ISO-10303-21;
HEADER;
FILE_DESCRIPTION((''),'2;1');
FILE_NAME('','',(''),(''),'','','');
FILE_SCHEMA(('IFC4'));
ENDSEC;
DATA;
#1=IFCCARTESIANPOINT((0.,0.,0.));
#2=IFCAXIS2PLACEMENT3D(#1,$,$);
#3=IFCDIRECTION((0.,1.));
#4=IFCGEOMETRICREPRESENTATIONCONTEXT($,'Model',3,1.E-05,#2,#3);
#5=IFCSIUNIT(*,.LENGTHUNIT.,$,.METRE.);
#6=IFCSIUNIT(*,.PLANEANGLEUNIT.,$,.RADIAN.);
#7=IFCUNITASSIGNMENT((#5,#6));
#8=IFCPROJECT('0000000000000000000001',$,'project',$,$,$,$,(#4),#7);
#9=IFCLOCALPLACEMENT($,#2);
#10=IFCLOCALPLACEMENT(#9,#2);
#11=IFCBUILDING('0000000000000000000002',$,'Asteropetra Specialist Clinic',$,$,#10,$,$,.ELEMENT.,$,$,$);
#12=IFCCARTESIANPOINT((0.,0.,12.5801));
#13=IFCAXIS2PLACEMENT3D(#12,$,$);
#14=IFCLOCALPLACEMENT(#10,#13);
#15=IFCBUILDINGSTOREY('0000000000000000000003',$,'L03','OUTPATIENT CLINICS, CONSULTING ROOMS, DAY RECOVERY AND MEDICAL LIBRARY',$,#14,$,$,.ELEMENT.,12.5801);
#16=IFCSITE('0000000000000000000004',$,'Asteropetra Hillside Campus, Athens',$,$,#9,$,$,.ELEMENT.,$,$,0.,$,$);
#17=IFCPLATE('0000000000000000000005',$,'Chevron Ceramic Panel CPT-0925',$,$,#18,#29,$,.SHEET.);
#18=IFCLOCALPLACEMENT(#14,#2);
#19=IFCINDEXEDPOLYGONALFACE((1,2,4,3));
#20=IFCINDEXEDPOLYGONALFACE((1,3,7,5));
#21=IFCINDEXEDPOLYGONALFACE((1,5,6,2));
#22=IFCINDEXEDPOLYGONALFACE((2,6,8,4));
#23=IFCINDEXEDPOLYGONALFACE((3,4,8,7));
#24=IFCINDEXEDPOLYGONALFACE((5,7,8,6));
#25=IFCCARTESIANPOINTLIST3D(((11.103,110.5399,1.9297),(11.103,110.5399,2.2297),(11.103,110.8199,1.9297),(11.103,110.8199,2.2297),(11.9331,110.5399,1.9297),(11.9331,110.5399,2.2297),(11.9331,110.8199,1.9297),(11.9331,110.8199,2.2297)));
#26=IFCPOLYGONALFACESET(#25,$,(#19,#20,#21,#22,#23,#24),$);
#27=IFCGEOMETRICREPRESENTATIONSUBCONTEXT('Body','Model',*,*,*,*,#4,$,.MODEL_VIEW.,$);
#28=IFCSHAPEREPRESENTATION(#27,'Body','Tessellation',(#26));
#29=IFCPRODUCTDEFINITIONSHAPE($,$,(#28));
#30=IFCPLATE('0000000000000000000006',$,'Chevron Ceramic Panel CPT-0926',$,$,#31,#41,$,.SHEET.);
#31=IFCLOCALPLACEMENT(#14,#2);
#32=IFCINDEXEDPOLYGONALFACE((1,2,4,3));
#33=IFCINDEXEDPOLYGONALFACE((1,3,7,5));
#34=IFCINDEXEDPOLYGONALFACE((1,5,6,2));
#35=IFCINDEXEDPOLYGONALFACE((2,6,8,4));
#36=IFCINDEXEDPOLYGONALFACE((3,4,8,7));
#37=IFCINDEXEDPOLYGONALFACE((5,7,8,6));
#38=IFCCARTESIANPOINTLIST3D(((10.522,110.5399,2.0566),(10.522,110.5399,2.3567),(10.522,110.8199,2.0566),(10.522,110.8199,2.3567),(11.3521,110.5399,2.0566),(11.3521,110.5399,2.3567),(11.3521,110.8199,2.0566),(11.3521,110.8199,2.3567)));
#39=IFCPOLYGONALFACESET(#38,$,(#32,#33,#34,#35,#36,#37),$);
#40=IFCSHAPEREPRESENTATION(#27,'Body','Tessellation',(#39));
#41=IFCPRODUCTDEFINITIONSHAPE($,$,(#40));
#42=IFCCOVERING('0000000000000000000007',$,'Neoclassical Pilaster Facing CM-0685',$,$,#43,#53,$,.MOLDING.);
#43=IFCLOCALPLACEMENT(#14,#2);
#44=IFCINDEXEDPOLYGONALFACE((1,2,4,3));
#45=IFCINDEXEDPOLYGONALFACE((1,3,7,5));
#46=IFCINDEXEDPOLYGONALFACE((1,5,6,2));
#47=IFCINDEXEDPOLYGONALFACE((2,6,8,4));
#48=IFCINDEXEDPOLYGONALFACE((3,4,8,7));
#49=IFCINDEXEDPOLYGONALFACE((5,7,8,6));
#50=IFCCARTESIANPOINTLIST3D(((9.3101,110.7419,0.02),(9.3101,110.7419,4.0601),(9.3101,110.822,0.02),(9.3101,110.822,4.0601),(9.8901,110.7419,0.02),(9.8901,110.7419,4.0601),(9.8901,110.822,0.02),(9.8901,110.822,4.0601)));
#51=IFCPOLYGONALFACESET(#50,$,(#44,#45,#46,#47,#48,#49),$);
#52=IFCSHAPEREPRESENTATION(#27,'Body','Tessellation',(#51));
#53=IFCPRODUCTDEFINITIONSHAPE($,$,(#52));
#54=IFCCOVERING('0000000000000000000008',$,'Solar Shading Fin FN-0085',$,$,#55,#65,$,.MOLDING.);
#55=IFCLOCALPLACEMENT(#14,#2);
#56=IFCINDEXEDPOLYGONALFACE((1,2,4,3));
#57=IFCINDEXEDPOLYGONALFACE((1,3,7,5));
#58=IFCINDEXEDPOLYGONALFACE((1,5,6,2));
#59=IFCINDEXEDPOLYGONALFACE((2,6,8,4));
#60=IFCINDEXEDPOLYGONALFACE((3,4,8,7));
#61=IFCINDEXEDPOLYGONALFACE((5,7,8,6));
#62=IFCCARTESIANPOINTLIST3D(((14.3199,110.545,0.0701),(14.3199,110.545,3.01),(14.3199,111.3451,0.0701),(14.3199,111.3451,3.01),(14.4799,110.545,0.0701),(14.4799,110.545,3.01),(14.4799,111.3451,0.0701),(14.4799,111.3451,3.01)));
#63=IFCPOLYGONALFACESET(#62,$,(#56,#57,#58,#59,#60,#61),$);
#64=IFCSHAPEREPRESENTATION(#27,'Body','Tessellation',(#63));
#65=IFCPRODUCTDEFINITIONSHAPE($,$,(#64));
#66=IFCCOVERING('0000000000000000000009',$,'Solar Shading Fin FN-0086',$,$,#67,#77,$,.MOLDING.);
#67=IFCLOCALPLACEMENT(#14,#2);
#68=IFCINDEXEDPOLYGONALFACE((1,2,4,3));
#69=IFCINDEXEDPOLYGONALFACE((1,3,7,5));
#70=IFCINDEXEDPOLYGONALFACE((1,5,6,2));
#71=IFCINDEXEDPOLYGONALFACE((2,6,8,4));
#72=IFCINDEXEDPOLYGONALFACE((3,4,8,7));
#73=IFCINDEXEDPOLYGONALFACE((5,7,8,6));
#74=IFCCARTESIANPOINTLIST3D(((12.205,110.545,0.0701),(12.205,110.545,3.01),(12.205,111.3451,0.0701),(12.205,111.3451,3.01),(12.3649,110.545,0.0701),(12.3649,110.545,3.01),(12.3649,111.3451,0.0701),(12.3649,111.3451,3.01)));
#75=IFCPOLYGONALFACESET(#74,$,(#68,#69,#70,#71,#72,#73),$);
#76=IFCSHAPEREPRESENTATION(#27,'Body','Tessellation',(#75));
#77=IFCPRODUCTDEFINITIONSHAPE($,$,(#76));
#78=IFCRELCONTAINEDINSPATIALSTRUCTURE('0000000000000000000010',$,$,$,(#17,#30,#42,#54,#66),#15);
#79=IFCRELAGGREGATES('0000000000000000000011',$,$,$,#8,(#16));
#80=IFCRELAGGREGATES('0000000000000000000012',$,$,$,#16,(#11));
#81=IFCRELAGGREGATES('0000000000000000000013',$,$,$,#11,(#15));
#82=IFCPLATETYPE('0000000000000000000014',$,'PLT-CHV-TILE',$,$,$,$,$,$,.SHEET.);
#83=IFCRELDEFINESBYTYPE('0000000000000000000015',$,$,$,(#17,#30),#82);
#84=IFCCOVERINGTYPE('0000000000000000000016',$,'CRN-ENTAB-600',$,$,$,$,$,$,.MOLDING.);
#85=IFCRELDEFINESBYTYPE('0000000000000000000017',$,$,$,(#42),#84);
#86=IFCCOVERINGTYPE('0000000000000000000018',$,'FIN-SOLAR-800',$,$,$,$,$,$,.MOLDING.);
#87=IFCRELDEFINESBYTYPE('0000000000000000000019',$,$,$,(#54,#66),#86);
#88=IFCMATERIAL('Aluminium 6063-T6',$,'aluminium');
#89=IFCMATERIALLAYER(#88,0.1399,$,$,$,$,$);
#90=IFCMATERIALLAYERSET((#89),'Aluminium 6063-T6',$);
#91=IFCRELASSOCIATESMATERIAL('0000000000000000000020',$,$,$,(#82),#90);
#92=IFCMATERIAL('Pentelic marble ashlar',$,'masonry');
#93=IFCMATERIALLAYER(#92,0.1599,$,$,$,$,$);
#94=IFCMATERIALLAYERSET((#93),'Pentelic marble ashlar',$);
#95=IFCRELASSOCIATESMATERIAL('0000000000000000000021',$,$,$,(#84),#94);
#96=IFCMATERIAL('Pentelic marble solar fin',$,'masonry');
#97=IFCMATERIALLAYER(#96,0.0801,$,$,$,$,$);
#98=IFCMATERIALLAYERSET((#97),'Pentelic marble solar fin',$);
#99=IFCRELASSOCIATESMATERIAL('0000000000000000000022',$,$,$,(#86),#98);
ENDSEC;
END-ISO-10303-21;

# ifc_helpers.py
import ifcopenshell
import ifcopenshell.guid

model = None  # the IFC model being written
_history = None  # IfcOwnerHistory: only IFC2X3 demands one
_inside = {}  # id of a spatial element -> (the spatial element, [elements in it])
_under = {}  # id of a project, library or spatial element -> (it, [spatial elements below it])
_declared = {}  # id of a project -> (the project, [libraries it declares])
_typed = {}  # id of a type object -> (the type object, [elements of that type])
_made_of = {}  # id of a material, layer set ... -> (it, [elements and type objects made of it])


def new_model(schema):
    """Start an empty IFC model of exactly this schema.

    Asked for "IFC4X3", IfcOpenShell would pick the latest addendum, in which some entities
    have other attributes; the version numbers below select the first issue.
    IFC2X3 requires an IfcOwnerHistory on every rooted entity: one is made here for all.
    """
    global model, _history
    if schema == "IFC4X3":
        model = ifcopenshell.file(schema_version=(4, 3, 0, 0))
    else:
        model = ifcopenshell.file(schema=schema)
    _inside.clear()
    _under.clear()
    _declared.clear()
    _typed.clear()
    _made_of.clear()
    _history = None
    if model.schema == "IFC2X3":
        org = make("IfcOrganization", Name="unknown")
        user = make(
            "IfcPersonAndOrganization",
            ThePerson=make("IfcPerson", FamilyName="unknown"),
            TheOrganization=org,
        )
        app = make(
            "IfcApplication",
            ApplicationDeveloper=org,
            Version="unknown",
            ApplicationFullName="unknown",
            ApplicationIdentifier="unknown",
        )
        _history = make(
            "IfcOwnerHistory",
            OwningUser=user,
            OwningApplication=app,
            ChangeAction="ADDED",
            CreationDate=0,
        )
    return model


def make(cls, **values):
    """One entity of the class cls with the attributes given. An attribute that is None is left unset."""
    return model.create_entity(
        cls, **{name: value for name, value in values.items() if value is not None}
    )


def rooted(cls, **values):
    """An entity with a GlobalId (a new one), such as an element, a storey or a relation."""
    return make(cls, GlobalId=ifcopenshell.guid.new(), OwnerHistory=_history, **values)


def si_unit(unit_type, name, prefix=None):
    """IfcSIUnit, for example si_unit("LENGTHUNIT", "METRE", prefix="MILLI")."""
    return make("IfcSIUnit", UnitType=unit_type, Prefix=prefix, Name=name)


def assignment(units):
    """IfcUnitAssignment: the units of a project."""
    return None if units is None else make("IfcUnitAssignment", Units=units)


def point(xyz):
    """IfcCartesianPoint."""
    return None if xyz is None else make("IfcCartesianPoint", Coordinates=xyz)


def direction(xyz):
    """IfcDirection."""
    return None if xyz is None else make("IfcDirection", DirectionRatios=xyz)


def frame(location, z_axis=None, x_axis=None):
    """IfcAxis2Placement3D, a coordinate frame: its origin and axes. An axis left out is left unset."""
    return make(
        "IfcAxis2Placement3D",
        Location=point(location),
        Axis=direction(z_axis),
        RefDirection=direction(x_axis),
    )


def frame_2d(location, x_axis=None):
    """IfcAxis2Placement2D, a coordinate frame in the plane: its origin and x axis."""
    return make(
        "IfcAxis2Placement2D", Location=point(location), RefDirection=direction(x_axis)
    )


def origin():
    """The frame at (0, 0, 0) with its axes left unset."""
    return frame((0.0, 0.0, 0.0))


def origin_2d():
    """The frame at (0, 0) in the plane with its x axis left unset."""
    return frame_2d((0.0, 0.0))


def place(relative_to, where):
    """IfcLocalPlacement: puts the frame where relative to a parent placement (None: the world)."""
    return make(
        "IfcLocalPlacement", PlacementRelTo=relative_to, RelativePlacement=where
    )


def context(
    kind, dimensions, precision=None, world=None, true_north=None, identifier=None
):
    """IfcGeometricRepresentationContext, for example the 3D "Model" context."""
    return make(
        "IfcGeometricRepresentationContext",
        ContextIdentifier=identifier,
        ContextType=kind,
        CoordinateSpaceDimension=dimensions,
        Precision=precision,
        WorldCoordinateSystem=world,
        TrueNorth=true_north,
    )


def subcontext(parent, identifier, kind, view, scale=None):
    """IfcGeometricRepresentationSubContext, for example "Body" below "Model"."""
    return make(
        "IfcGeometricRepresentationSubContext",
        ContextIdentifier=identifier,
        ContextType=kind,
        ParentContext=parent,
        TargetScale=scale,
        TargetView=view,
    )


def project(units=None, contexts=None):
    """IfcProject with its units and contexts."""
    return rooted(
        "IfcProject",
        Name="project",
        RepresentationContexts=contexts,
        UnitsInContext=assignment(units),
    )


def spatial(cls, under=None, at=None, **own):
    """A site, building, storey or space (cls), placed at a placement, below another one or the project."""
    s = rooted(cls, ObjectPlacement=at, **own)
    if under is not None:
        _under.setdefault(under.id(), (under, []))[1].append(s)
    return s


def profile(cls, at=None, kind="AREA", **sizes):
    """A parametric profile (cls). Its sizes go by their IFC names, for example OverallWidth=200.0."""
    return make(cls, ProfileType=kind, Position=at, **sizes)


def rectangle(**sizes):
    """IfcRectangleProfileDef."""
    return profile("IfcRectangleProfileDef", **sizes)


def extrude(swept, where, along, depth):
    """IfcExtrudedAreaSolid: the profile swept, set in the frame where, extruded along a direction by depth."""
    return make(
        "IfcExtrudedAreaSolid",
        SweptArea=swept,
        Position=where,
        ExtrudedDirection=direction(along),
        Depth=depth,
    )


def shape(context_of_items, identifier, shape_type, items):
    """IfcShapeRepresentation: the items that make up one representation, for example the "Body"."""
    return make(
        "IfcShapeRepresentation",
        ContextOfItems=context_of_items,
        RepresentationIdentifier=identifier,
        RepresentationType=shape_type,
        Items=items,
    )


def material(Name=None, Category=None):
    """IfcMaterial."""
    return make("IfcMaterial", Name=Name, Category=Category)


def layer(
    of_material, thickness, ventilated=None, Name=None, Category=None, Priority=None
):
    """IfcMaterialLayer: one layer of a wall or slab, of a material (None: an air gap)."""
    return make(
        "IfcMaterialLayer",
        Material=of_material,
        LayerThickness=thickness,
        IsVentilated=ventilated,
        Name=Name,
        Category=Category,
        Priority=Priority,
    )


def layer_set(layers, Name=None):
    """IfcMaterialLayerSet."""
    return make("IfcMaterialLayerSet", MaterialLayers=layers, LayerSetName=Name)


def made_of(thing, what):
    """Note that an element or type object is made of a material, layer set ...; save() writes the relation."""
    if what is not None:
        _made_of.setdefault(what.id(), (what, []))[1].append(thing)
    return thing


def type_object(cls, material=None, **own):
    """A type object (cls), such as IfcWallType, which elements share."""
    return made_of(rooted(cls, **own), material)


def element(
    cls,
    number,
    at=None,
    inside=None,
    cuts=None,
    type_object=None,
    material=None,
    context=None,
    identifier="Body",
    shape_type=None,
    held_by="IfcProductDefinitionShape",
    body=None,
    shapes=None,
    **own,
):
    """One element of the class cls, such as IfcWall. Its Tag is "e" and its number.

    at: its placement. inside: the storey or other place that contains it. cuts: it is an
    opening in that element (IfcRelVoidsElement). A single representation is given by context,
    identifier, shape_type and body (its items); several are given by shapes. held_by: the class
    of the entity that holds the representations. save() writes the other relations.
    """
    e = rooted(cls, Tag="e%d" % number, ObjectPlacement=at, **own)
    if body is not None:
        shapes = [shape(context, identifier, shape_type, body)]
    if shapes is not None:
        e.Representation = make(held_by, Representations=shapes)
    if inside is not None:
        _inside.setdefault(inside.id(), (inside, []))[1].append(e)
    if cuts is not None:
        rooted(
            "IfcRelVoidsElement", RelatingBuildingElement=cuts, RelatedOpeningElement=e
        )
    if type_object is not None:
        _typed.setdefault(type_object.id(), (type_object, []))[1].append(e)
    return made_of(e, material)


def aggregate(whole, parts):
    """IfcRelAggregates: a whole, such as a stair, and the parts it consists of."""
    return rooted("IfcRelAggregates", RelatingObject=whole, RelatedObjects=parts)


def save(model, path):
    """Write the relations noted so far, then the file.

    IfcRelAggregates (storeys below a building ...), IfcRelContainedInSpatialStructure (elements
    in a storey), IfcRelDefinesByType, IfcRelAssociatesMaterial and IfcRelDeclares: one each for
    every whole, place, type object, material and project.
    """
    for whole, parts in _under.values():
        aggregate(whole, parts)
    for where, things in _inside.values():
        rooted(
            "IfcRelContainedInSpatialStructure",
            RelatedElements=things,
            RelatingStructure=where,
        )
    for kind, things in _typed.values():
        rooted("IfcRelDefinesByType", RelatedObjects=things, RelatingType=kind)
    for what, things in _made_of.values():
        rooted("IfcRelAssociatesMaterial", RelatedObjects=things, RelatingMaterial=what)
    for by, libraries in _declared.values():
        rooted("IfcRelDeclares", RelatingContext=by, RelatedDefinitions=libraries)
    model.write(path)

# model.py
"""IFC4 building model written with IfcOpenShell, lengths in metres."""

from ifc_helpers import new_model, si_unit, direction, frame, origin, origin_2d, place, context, subcontext, project, spatial, rectangle, extrude, material, layer, layer_set, type_object, element, save


model = new_model("IFC4")

# Units and contexts
model_context = context("Model", 3, precision=1e-05, world=origin(), true_north=direction((0.0, 1.0)))
body_context = subcontext(model_context, "Body", "Model", "MODEL_VIEW")
ifc_project = project(units=[si_unit("LENGTHUNIT", "METRE"), si_unit("PLANEANGLEUNIT", "RADIAN")], contexts=[model_context])

# Site, building, storey
site_placement = place(None, origin())
site = spatial("IfcSite", under=ifc_project, at=site_placement, Name="Asteropetra Hillside Campus, Athens", CompositionType="ELEMENT", RefElevation=0.0)
building_placement = place(site_placement, origin())
building = spatial("IfcBuilding", under=site, at=building_placement, Name="Asteropetra Specialist Clinic", CompositionType="ELEMENT")
storey_placement = place(building_placement, frame((0.0, 0.0, 12.5801)))
storey = spatial("IfcBuildingStorey", under=building, at=storey_placement, Name="L03", Description="OUTPATIENT CLINICS, CONSULTING ROOMS, DAY RECOVERY AND MEDICAL LIBRARY", CompositionType="ELEMENT", Elevation=12.5801)

# Plates
ifc_material_1 = material(Name="Aluminium 6063-T6", Category="aluminium")
ifc_layer_1 = layer(ifc_material_1, 0.1399)
ifc_layer_set_1 = layer_set([ifc_layer_1], Name="Aluminium 6063-T6")
plate_type_1 = type_object("IfcPlateType", Name="PLT-CHV-TILE", PredefinedType="SHEET", material=ifc_layer_set_1)
for number, where, z_axis, x_axis, name in (
    (1, (11.5181, 110.6799, 1.9297), (0.0, 0.0, 1.0), (1.0, 0.0, 0.0), "Chevron Ceramic Panel CPT-0925"),
    (2, (10.937, 110.6799, 2.0566), (0.0, 0.0, 1.0), (1.0, 0.0, 0.0), "Chevron Ceramic Panel CPT-0926"),
):
    element("IfcPlate", number, at=place(storey_placement, frame(where, z_axis=z_axis, x_axis=x_axis)), inside=storey, type_object=plate_type_1, Name=name, PredefinedType="SHEET", context=body_context, shape_type="SweptSolid", body=[
        extrude(rectangle(XDim=0.8301, YDim=0.28, at=origin_2d()), origin(), (0.0, 0.0, 1.0), 0.3),
    ])

# Coverings
ifc_material_2 = material(Name="Pentelic marble ashlar", Category="masonry")
ifc_layer_2 = layer(ifc_material_2, 0.1599)
ifc_layer_set_2 = layer_set([ifc_layer_2], Name="Pentelic marble ashlar")
covering_type_1 = type_object("IfcCoveringType", Name="CRN-ENTAB-600", PredefinedType="MOLDING", material=ifc_layer_set_2)
covering_placement = place(storey_placement, frame((9.6001, 110.782, 0.02), z_axis=(0.0, 0.0, 1.0), x_axis=(1.0, 0.0, 0.0)))
element("IfcCovering", 3, at=covering_placement, inside=storey, type_object=covering_type_1, Name="Neoclassical Pilaster Facing CM-0685", PredefinedType="MOLDING", context=body_context, shape_type="SweptSolid", body=[
    extrude(rectangle(XDim=0.5801, YDim=0.0801, at=origin_2d()), origin(), (0.0, 0.0, 1.0), 4.04),
])
ifc_material_3 = material(Name="Pentelic marble solar fin", Category="masonry")
ifc_layer_3 = layer(ifc_material_3, 0.0801)
ifc_layer_set_3 = layer_set([ifc_layer_3], Name="Pentelic marble solar fin")
covering_type_2 = type_object("IfcCoveringType", Name="FIN-SOLAR-800", PredefinedType="MOLDING", material=ifc_layer_set_3)
for number, where, z_axis, x_axis, name in (
    (4, (14.3999, 110.9451, 0.0701), (0.0, 0.0, 1.0), (1.0, 0.0, 0.0), "Solar Shading Fin FN-0085"),
    (5, (12.2849, 110.9451, 0.0701), (0.0, 0.0, 1.0), (1.0, 0.0, 0.0), "Solar Shading Fin FN-0086"),
):
    element("IfcCovering", number, at=place(storey_placement, frame(where, z_axis=z_axis, x_axis=x_axis)), inside=storey, type_object=covering_type_2, Name=name, PredefinedType="MOLDING", context=body_context, shape_type="SweptSolid", body=[
        extrude(rectangle(XDim=0.1599, YDim=0.8, at=origin_2d()), origin(), (0.0, 0.0, 1.0), 2.9399),
    ])

save(model, "model.ifc")
